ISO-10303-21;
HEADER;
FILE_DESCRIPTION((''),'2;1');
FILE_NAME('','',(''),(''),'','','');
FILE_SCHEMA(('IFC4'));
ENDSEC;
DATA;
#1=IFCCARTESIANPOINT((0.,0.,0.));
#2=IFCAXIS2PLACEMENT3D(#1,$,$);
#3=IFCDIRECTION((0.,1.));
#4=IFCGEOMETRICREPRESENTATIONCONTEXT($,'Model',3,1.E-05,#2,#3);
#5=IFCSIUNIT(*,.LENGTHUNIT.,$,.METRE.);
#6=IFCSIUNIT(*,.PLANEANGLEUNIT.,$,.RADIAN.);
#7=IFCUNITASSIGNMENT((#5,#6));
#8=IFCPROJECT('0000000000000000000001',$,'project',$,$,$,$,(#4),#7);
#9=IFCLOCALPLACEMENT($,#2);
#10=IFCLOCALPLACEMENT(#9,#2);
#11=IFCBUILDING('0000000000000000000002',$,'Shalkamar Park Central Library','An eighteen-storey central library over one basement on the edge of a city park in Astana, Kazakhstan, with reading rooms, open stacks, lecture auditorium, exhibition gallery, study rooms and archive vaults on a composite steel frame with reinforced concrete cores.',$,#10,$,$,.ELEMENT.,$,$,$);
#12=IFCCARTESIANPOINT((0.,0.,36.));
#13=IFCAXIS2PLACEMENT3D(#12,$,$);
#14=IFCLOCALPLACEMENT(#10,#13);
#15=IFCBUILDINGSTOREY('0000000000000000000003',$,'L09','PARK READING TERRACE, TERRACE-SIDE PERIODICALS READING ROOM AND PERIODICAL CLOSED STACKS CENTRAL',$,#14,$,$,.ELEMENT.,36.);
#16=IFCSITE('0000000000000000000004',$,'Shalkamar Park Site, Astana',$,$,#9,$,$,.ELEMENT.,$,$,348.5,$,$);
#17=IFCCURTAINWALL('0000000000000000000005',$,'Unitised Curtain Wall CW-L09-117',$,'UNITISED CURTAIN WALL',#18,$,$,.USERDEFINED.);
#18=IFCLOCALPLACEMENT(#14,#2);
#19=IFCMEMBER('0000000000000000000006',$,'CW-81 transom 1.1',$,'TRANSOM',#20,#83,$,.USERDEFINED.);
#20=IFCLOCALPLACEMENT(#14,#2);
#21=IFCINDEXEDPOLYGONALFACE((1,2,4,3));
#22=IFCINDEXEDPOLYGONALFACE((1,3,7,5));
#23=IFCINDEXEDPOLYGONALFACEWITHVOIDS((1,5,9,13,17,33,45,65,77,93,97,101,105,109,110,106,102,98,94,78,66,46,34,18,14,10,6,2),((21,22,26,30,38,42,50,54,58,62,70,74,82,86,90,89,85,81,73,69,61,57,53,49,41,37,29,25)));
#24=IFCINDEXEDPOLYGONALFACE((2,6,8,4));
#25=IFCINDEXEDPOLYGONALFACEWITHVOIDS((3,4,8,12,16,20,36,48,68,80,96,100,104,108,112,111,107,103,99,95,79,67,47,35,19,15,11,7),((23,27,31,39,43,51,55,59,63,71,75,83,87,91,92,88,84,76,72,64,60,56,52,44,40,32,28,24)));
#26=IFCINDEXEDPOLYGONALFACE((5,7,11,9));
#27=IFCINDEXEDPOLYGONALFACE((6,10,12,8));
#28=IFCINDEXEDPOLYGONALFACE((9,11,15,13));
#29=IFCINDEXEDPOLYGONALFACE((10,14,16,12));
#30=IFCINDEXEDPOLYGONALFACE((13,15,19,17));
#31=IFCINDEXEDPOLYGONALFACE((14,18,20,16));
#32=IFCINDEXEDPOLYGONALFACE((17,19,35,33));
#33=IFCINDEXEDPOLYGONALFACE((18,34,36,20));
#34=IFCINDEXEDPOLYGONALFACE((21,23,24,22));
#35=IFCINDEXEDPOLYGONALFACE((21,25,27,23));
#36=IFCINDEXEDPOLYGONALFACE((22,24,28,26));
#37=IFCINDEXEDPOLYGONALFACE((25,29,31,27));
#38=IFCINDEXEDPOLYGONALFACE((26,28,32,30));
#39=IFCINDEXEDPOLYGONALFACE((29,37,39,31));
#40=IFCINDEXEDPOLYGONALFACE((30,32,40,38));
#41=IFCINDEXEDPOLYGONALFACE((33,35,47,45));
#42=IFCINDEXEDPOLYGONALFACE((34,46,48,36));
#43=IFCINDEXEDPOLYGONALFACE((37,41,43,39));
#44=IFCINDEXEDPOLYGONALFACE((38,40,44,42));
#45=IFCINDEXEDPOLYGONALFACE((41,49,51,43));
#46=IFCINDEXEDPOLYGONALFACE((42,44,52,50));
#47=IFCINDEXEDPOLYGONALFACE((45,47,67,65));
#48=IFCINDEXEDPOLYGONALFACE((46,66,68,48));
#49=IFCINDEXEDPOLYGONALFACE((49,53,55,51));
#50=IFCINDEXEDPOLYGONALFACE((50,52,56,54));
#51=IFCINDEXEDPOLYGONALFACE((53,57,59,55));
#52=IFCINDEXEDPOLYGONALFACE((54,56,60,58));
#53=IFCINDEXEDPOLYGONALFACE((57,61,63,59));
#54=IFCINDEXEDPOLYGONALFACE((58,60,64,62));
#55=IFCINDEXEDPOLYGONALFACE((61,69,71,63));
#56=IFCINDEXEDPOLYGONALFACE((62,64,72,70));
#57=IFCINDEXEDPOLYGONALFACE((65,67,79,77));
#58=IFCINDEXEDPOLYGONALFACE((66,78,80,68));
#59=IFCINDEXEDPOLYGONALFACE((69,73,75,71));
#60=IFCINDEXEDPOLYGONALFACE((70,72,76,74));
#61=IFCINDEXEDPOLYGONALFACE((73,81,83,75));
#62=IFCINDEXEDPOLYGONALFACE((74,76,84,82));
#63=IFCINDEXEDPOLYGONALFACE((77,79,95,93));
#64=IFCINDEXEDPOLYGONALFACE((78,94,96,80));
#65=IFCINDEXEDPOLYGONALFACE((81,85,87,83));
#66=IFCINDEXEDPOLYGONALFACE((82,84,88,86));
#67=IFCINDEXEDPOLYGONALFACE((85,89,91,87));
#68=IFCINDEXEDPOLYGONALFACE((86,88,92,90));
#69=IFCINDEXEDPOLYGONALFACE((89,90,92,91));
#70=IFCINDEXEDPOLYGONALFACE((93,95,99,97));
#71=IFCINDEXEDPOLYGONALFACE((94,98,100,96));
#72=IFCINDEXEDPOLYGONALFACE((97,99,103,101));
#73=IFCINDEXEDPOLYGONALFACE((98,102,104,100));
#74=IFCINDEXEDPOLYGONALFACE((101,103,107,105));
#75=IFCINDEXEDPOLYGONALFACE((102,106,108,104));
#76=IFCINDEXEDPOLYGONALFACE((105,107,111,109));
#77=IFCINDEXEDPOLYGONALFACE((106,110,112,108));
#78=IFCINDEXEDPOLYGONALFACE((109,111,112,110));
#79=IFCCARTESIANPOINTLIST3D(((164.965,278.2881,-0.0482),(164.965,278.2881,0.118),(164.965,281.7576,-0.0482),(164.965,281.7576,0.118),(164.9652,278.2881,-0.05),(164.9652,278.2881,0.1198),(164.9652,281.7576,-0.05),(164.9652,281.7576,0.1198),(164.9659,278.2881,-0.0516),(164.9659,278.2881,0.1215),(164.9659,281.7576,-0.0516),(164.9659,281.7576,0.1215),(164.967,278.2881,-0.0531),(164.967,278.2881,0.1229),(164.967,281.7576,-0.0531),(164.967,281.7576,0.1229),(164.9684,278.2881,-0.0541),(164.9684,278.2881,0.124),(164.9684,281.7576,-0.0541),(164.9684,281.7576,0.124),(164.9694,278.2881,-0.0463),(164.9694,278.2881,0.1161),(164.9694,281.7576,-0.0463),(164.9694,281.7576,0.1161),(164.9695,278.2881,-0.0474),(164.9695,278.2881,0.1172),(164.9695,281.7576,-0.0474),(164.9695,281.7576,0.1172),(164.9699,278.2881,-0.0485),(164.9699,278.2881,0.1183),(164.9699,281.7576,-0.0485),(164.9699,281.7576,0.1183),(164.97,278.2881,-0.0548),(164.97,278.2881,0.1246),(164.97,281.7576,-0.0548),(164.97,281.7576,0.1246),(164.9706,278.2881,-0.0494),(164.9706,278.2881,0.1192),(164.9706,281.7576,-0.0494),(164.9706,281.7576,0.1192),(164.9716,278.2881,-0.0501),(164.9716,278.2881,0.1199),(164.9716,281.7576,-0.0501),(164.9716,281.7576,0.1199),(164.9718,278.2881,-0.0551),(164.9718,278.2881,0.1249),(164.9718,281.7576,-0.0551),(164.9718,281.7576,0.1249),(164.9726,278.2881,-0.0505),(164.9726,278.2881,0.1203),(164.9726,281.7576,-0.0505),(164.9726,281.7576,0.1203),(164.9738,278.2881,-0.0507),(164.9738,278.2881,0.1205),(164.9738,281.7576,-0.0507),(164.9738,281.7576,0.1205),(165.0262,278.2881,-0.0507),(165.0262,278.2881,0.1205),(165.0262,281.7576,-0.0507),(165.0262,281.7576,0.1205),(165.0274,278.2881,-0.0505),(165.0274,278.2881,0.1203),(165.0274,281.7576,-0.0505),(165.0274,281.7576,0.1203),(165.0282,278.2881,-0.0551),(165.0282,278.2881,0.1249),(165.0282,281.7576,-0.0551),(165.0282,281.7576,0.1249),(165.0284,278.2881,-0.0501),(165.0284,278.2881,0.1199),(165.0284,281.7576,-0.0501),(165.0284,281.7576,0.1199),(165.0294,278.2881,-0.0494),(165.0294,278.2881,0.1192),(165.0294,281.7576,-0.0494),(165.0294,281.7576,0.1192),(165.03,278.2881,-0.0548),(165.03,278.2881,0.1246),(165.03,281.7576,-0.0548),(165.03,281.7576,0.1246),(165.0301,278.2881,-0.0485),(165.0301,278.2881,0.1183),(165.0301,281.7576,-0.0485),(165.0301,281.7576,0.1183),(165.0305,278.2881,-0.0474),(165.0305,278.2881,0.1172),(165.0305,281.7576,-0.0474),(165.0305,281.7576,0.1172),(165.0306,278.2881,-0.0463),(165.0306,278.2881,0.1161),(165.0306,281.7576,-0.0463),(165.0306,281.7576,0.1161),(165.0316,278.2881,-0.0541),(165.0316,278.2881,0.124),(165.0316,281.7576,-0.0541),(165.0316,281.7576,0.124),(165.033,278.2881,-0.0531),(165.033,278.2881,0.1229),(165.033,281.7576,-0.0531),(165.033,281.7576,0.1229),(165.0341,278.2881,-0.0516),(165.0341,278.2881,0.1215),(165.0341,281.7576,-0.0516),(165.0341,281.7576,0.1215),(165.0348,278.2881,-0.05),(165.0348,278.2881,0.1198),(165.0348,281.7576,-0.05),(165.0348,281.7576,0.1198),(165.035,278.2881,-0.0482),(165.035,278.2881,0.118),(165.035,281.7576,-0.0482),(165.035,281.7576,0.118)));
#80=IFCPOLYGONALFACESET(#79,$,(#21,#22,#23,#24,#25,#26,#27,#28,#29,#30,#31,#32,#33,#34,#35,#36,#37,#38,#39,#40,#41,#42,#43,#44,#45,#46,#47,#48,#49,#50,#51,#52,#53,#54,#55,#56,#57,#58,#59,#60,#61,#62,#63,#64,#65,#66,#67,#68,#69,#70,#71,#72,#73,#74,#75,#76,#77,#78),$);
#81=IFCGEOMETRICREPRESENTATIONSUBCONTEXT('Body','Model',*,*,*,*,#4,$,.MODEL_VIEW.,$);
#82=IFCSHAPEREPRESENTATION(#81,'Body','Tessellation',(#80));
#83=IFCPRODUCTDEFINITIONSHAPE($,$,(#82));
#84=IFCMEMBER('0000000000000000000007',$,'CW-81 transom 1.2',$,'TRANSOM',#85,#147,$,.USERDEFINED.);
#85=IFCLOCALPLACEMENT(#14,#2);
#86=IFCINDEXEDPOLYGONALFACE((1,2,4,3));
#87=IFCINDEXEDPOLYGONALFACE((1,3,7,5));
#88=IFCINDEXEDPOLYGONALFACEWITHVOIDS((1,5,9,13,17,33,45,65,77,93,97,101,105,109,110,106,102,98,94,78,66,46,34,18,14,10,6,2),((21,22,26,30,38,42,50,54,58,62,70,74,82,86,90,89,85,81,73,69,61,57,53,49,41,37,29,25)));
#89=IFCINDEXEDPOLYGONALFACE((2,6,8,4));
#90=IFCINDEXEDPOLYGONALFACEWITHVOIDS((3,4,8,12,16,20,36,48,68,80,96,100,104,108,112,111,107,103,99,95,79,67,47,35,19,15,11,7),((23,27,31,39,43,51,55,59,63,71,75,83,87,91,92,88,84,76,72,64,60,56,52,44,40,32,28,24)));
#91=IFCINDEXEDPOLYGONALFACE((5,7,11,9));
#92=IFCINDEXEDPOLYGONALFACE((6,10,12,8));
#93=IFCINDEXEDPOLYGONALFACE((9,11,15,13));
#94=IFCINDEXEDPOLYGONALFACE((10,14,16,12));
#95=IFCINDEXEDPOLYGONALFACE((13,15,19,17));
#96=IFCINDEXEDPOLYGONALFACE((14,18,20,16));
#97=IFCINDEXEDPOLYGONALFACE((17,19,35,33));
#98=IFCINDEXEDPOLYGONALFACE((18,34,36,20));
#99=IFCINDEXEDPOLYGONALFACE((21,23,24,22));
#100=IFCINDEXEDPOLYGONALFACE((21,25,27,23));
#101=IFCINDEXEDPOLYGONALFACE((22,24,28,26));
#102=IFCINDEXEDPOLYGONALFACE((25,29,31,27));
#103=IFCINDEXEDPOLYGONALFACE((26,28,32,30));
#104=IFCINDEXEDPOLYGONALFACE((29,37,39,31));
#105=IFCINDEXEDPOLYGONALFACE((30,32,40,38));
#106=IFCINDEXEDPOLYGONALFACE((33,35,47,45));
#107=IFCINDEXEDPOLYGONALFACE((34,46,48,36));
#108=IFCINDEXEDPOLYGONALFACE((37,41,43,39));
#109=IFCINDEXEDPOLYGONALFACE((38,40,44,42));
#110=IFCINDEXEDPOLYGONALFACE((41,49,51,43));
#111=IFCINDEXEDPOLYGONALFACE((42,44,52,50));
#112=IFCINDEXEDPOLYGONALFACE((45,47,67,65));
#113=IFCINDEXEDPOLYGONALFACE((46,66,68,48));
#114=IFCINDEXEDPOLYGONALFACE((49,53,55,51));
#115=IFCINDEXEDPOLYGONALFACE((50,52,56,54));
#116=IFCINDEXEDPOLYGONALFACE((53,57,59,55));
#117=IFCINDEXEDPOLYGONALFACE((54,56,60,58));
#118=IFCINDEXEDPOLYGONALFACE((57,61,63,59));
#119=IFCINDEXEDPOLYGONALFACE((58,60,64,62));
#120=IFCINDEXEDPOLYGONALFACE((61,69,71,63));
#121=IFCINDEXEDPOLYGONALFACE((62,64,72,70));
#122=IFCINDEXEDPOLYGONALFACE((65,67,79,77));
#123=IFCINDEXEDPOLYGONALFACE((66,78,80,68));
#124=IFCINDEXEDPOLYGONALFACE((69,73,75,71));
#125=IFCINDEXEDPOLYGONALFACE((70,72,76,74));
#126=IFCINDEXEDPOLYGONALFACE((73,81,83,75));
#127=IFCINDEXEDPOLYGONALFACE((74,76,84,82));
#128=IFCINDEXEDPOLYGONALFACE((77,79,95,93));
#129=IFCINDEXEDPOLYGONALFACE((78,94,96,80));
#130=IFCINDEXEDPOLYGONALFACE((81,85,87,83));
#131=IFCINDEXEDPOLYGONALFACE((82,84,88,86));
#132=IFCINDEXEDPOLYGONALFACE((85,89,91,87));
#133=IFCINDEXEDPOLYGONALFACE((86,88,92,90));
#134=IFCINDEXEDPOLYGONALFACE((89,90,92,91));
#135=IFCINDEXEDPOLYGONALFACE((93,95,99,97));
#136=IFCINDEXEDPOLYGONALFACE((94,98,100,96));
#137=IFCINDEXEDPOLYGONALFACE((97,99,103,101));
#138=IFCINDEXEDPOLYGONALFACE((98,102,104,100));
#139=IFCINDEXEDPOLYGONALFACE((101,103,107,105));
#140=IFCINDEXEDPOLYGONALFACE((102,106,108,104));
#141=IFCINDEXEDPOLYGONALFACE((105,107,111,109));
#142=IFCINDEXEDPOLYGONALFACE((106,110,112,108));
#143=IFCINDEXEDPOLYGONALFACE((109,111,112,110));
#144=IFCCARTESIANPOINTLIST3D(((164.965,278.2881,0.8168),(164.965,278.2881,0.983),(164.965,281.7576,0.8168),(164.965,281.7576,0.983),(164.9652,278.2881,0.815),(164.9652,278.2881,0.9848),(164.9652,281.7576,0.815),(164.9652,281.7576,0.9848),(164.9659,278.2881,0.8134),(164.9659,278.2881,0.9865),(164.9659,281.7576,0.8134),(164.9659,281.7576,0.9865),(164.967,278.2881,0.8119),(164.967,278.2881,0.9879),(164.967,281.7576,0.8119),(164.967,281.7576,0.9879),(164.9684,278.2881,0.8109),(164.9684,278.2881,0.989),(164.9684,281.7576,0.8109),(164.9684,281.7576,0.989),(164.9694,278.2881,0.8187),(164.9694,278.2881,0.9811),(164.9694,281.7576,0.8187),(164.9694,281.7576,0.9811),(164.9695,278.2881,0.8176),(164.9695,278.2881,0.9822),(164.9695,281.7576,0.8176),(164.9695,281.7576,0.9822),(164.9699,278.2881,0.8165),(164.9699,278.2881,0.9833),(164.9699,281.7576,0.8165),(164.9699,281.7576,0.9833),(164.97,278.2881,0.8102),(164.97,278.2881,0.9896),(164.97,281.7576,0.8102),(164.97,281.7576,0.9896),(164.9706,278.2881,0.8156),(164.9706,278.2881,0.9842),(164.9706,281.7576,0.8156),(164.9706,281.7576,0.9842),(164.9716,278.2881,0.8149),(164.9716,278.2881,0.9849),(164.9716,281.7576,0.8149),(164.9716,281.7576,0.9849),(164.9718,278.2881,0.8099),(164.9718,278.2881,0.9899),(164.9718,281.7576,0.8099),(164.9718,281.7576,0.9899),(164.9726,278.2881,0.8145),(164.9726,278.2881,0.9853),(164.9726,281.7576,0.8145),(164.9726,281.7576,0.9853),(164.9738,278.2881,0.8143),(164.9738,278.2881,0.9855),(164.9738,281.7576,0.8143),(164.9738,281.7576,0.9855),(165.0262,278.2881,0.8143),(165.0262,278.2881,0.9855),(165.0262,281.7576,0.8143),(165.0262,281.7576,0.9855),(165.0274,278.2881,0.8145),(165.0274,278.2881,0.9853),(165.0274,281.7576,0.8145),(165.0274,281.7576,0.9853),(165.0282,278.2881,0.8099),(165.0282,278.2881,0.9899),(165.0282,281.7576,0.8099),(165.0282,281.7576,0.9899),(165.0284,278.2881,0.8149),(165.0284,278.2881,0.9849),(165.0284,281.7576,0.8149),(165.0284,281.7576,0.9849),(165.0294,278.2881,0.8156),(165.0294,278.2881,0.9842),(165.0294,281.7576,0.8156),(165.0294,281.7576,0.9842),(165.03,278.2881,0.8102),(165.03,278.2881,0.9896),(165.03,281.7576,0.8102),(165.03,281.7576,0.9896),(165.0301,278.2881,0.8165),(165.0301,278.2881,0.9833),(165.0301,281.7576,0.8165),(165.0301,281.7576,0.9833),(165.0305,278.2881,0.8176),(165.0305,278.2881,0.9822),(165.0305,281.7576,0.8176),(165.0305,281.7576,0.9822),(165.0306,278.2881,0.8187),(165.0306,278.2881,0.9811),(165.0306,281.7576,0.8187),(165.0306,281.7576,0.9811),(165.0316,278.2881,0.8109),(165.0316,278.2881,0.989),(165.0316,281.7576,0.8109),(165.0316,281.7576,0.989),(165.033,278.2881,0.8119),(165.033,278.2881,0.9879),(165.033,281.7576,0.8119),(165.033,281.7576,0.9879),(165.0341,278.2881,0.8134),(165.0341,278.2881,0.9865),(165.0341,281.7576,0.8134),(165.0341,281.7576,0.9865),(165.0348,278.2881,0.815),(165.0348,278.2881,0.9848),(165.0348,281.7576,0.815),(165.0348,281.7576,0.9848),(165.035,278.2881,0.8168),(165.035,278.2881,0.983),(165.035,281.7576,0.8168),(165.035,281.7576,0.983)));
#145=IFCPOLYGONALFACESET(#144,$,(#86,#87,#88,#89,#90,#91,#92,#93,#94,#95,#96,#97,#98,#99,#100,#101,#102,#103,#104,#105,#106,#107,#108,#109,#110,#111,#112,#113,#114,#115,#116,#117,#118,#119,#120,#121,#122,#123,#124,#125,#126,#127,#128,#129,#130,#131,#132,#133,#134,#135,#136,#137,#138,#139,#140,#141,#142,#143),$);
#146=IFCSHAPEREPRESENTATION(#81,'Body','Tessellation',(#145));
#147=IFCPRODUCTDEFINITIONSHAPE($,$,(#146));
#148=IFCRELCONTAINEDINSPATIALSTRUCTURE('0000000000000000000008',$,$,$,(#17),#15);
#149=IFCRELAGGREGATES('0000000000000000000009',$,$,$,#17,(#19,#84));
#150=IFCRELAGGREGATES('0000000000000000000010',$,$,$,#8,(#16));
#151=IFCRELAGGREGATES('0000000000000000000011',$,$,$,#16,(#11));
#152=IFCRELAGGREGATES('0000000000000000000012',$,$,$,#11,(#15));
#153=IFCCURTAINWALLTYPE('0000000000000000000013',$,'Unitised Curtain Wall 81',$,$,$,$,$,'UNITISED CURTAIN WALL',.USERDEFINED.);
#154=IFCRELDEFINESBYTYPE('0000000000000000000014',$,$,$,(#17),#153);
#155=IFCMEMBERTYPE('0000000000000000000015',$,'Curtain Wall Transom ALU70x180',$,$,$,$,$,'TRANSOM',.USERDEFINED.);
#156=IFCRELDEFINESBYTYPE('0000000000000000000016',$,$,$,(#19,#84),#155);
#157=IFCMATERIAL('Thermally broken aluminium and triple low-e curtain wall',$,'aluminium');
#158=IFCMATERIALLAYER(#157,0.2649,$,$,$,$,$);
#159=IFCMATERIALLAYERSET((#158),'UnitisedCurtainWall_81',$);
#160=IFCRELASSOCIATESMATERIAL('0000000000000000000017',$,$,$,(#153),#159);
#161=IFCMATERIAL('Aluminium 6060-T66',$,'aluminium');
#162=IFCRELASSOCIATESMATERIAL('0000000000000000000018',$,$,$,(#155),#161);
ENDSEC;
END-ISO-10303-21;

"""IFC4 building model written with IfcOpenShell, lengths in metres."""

from ifc_helpers import new_model, si_unit, direction, frame, origin, origin_2d, place, context, subcontext, project, spatial, hollow_rectangle, extrude, material, layer, layer_set, material_profile, profile_set, type_object, element, aggregate, save


model = new_model("IFC4")

# Units and contexts
model_context = context("Model", 3, precision=1e-05, world=origin(), true_north=direction((0.0, 1.0)))
body_context = subcontext(model_context, "Body", "Model", "MODEL_VIEW")
ifc_project = project(units=[si_unit("LENGTHUNIT", "METRE"), si_unit("PLANEANGLEUNIT", "RADIAN")], contexts=[model_context])

# Site, building, storey
site_placement = place(None, origin())
site = spatial("IfcSite", under=ifc_project, at=site_placement, Name="Shalkamar Park Site, Astana", CompositionType="ELEMENT", RefElevation=348.5)
building_placement = place(site_placement, origin())
building = spatial("IfcBuilding", under=site, at=building_placement, Name="Shalkamar Park Central Library", Description="An eighteen-storey central library over one basement on the edge of a city park in Astana, Kazakhstan, with reading rooms, open stacks, lecture auditorium, exhibition gallery, study rooms and archive vaults on a composite steel frame with reinforced concrete cores.", CompositionType="ELEMENT")
storey_placement = place(building_placement, frame((0.0, 0.0, 36.0)))
storey = spatial("IfcBuildingStorey", under=building, at=storey_placement, Name="L09", Description="PARK READING TERRACE, TERRACE-SIDE PERIODICALS READING ROOM AND PERIODICAL CLOSED STACKS CENTRAL", CompositionType="ELEMENT", Elevation=36.0)

# Curtain wall, members
ifc_material_1 = material(Name="Thermally broken aluminium and triple low-e curtain wall", Category="aluminium")
ifc_layer_1 = layer(ifc_material_1, 0.2649)
ifc_layer_set_1 = layer_set([ifc_layer_1], Name="UnitisedCurtainWall_81")
curtain_wall_type = type_object("IfcCurtainWallType", Name="Unitised Curtain Wall 81", ElementType="UNITISED CURTAIN WALL", PredefinedType="USERDEFINED", material=ifc_layer_set_1)
curtain_wall_placement = place(storey_placement, origin())
curtain_wall = element("IfcCurtainWall", 1, at=curtain_wall_placement, inside=storey, type_object=curtain_wall_type, Name="Unitised Curtain Wall CW-L09-117", ObjectType="UNITISED CURTAIN WALL", PredefinedType="USERDEFINED")
ifc_material_2 = material(Name="Aluminium 6060-T66", Category="aluminium")
ifc_material_profile_1 = material_profile(ifc_material_2, hollow_rectangle(XDim=0.0701, YDim=0.1799, WallThickness=0.0044, InnerFilletRadius=0.0044, OuterFilletRadius=0.0068, at=origin_2d()), Name="ALU 70x180x4.5")
ifc_profile_set_1 = profile_set([ifc_material_profile_1], Name="Aluminium 6060-T66")
member_type_1 = type_object("IfcMemberType", Name="Curtain Wall Transom ALU70x180", ElementType="TRANSOM", PredefinedType="USERDEFINED", material=ifc_profile_set_1)
member_1_placement = place(storey_placement, frame((165.0, 278.2881, 0.0349), z_axis=(0.0, 1.0, 0.0), x_axis=(-1.0, 0.0, 0.0)))
member_1 = element("IfcMember", 2, at=member_1_placement, type_object=member_type_1, Name="CW-81 transom 1.1", ObjectType="TRANSOM", PredefinedType="USERDEFINED", context=body_context, shape_type="SweptSolid", body=[
    extrude(hollow_rectangle(XDim=0.0701, YDim=0.1799, WallThickness=0.0044, InnerFilletRadius=0.0044, OuterFilletRadius=0.0068, at=origin_2d()), origin(), (0.0, 0.0, 1.0), 3.4695),
])
member_2_placement = place(storey_placement, frame((165.0, 278.2881, 0.8999), z_axis=(0.0, 1.0, 0.0), x_axis=(-1.0, 0.0, 0.0)))
member_2 = element("IfcMember", 3, at=member_2_placement, type_object=member_type_1, Name="CW-81 transom 1.2", ObjectType="TRANSOM", PredefinedType="USERDEFINED", context=body_context, shape_type="SweptSolid", body=[
    extrude(hollow_rectangle(XDim=0.0701, YDim=0.1799, WallThickness=0.0044, InnerFilletRadius=0.0044, OuterFilletRadius=0.0068, at=origin_2d()), origin(), (0.0, 0.0, 1.0), 3.4695),
])

aggregate(curtain_wall, [member_1, member_2])

save(model, "model.ifc")
